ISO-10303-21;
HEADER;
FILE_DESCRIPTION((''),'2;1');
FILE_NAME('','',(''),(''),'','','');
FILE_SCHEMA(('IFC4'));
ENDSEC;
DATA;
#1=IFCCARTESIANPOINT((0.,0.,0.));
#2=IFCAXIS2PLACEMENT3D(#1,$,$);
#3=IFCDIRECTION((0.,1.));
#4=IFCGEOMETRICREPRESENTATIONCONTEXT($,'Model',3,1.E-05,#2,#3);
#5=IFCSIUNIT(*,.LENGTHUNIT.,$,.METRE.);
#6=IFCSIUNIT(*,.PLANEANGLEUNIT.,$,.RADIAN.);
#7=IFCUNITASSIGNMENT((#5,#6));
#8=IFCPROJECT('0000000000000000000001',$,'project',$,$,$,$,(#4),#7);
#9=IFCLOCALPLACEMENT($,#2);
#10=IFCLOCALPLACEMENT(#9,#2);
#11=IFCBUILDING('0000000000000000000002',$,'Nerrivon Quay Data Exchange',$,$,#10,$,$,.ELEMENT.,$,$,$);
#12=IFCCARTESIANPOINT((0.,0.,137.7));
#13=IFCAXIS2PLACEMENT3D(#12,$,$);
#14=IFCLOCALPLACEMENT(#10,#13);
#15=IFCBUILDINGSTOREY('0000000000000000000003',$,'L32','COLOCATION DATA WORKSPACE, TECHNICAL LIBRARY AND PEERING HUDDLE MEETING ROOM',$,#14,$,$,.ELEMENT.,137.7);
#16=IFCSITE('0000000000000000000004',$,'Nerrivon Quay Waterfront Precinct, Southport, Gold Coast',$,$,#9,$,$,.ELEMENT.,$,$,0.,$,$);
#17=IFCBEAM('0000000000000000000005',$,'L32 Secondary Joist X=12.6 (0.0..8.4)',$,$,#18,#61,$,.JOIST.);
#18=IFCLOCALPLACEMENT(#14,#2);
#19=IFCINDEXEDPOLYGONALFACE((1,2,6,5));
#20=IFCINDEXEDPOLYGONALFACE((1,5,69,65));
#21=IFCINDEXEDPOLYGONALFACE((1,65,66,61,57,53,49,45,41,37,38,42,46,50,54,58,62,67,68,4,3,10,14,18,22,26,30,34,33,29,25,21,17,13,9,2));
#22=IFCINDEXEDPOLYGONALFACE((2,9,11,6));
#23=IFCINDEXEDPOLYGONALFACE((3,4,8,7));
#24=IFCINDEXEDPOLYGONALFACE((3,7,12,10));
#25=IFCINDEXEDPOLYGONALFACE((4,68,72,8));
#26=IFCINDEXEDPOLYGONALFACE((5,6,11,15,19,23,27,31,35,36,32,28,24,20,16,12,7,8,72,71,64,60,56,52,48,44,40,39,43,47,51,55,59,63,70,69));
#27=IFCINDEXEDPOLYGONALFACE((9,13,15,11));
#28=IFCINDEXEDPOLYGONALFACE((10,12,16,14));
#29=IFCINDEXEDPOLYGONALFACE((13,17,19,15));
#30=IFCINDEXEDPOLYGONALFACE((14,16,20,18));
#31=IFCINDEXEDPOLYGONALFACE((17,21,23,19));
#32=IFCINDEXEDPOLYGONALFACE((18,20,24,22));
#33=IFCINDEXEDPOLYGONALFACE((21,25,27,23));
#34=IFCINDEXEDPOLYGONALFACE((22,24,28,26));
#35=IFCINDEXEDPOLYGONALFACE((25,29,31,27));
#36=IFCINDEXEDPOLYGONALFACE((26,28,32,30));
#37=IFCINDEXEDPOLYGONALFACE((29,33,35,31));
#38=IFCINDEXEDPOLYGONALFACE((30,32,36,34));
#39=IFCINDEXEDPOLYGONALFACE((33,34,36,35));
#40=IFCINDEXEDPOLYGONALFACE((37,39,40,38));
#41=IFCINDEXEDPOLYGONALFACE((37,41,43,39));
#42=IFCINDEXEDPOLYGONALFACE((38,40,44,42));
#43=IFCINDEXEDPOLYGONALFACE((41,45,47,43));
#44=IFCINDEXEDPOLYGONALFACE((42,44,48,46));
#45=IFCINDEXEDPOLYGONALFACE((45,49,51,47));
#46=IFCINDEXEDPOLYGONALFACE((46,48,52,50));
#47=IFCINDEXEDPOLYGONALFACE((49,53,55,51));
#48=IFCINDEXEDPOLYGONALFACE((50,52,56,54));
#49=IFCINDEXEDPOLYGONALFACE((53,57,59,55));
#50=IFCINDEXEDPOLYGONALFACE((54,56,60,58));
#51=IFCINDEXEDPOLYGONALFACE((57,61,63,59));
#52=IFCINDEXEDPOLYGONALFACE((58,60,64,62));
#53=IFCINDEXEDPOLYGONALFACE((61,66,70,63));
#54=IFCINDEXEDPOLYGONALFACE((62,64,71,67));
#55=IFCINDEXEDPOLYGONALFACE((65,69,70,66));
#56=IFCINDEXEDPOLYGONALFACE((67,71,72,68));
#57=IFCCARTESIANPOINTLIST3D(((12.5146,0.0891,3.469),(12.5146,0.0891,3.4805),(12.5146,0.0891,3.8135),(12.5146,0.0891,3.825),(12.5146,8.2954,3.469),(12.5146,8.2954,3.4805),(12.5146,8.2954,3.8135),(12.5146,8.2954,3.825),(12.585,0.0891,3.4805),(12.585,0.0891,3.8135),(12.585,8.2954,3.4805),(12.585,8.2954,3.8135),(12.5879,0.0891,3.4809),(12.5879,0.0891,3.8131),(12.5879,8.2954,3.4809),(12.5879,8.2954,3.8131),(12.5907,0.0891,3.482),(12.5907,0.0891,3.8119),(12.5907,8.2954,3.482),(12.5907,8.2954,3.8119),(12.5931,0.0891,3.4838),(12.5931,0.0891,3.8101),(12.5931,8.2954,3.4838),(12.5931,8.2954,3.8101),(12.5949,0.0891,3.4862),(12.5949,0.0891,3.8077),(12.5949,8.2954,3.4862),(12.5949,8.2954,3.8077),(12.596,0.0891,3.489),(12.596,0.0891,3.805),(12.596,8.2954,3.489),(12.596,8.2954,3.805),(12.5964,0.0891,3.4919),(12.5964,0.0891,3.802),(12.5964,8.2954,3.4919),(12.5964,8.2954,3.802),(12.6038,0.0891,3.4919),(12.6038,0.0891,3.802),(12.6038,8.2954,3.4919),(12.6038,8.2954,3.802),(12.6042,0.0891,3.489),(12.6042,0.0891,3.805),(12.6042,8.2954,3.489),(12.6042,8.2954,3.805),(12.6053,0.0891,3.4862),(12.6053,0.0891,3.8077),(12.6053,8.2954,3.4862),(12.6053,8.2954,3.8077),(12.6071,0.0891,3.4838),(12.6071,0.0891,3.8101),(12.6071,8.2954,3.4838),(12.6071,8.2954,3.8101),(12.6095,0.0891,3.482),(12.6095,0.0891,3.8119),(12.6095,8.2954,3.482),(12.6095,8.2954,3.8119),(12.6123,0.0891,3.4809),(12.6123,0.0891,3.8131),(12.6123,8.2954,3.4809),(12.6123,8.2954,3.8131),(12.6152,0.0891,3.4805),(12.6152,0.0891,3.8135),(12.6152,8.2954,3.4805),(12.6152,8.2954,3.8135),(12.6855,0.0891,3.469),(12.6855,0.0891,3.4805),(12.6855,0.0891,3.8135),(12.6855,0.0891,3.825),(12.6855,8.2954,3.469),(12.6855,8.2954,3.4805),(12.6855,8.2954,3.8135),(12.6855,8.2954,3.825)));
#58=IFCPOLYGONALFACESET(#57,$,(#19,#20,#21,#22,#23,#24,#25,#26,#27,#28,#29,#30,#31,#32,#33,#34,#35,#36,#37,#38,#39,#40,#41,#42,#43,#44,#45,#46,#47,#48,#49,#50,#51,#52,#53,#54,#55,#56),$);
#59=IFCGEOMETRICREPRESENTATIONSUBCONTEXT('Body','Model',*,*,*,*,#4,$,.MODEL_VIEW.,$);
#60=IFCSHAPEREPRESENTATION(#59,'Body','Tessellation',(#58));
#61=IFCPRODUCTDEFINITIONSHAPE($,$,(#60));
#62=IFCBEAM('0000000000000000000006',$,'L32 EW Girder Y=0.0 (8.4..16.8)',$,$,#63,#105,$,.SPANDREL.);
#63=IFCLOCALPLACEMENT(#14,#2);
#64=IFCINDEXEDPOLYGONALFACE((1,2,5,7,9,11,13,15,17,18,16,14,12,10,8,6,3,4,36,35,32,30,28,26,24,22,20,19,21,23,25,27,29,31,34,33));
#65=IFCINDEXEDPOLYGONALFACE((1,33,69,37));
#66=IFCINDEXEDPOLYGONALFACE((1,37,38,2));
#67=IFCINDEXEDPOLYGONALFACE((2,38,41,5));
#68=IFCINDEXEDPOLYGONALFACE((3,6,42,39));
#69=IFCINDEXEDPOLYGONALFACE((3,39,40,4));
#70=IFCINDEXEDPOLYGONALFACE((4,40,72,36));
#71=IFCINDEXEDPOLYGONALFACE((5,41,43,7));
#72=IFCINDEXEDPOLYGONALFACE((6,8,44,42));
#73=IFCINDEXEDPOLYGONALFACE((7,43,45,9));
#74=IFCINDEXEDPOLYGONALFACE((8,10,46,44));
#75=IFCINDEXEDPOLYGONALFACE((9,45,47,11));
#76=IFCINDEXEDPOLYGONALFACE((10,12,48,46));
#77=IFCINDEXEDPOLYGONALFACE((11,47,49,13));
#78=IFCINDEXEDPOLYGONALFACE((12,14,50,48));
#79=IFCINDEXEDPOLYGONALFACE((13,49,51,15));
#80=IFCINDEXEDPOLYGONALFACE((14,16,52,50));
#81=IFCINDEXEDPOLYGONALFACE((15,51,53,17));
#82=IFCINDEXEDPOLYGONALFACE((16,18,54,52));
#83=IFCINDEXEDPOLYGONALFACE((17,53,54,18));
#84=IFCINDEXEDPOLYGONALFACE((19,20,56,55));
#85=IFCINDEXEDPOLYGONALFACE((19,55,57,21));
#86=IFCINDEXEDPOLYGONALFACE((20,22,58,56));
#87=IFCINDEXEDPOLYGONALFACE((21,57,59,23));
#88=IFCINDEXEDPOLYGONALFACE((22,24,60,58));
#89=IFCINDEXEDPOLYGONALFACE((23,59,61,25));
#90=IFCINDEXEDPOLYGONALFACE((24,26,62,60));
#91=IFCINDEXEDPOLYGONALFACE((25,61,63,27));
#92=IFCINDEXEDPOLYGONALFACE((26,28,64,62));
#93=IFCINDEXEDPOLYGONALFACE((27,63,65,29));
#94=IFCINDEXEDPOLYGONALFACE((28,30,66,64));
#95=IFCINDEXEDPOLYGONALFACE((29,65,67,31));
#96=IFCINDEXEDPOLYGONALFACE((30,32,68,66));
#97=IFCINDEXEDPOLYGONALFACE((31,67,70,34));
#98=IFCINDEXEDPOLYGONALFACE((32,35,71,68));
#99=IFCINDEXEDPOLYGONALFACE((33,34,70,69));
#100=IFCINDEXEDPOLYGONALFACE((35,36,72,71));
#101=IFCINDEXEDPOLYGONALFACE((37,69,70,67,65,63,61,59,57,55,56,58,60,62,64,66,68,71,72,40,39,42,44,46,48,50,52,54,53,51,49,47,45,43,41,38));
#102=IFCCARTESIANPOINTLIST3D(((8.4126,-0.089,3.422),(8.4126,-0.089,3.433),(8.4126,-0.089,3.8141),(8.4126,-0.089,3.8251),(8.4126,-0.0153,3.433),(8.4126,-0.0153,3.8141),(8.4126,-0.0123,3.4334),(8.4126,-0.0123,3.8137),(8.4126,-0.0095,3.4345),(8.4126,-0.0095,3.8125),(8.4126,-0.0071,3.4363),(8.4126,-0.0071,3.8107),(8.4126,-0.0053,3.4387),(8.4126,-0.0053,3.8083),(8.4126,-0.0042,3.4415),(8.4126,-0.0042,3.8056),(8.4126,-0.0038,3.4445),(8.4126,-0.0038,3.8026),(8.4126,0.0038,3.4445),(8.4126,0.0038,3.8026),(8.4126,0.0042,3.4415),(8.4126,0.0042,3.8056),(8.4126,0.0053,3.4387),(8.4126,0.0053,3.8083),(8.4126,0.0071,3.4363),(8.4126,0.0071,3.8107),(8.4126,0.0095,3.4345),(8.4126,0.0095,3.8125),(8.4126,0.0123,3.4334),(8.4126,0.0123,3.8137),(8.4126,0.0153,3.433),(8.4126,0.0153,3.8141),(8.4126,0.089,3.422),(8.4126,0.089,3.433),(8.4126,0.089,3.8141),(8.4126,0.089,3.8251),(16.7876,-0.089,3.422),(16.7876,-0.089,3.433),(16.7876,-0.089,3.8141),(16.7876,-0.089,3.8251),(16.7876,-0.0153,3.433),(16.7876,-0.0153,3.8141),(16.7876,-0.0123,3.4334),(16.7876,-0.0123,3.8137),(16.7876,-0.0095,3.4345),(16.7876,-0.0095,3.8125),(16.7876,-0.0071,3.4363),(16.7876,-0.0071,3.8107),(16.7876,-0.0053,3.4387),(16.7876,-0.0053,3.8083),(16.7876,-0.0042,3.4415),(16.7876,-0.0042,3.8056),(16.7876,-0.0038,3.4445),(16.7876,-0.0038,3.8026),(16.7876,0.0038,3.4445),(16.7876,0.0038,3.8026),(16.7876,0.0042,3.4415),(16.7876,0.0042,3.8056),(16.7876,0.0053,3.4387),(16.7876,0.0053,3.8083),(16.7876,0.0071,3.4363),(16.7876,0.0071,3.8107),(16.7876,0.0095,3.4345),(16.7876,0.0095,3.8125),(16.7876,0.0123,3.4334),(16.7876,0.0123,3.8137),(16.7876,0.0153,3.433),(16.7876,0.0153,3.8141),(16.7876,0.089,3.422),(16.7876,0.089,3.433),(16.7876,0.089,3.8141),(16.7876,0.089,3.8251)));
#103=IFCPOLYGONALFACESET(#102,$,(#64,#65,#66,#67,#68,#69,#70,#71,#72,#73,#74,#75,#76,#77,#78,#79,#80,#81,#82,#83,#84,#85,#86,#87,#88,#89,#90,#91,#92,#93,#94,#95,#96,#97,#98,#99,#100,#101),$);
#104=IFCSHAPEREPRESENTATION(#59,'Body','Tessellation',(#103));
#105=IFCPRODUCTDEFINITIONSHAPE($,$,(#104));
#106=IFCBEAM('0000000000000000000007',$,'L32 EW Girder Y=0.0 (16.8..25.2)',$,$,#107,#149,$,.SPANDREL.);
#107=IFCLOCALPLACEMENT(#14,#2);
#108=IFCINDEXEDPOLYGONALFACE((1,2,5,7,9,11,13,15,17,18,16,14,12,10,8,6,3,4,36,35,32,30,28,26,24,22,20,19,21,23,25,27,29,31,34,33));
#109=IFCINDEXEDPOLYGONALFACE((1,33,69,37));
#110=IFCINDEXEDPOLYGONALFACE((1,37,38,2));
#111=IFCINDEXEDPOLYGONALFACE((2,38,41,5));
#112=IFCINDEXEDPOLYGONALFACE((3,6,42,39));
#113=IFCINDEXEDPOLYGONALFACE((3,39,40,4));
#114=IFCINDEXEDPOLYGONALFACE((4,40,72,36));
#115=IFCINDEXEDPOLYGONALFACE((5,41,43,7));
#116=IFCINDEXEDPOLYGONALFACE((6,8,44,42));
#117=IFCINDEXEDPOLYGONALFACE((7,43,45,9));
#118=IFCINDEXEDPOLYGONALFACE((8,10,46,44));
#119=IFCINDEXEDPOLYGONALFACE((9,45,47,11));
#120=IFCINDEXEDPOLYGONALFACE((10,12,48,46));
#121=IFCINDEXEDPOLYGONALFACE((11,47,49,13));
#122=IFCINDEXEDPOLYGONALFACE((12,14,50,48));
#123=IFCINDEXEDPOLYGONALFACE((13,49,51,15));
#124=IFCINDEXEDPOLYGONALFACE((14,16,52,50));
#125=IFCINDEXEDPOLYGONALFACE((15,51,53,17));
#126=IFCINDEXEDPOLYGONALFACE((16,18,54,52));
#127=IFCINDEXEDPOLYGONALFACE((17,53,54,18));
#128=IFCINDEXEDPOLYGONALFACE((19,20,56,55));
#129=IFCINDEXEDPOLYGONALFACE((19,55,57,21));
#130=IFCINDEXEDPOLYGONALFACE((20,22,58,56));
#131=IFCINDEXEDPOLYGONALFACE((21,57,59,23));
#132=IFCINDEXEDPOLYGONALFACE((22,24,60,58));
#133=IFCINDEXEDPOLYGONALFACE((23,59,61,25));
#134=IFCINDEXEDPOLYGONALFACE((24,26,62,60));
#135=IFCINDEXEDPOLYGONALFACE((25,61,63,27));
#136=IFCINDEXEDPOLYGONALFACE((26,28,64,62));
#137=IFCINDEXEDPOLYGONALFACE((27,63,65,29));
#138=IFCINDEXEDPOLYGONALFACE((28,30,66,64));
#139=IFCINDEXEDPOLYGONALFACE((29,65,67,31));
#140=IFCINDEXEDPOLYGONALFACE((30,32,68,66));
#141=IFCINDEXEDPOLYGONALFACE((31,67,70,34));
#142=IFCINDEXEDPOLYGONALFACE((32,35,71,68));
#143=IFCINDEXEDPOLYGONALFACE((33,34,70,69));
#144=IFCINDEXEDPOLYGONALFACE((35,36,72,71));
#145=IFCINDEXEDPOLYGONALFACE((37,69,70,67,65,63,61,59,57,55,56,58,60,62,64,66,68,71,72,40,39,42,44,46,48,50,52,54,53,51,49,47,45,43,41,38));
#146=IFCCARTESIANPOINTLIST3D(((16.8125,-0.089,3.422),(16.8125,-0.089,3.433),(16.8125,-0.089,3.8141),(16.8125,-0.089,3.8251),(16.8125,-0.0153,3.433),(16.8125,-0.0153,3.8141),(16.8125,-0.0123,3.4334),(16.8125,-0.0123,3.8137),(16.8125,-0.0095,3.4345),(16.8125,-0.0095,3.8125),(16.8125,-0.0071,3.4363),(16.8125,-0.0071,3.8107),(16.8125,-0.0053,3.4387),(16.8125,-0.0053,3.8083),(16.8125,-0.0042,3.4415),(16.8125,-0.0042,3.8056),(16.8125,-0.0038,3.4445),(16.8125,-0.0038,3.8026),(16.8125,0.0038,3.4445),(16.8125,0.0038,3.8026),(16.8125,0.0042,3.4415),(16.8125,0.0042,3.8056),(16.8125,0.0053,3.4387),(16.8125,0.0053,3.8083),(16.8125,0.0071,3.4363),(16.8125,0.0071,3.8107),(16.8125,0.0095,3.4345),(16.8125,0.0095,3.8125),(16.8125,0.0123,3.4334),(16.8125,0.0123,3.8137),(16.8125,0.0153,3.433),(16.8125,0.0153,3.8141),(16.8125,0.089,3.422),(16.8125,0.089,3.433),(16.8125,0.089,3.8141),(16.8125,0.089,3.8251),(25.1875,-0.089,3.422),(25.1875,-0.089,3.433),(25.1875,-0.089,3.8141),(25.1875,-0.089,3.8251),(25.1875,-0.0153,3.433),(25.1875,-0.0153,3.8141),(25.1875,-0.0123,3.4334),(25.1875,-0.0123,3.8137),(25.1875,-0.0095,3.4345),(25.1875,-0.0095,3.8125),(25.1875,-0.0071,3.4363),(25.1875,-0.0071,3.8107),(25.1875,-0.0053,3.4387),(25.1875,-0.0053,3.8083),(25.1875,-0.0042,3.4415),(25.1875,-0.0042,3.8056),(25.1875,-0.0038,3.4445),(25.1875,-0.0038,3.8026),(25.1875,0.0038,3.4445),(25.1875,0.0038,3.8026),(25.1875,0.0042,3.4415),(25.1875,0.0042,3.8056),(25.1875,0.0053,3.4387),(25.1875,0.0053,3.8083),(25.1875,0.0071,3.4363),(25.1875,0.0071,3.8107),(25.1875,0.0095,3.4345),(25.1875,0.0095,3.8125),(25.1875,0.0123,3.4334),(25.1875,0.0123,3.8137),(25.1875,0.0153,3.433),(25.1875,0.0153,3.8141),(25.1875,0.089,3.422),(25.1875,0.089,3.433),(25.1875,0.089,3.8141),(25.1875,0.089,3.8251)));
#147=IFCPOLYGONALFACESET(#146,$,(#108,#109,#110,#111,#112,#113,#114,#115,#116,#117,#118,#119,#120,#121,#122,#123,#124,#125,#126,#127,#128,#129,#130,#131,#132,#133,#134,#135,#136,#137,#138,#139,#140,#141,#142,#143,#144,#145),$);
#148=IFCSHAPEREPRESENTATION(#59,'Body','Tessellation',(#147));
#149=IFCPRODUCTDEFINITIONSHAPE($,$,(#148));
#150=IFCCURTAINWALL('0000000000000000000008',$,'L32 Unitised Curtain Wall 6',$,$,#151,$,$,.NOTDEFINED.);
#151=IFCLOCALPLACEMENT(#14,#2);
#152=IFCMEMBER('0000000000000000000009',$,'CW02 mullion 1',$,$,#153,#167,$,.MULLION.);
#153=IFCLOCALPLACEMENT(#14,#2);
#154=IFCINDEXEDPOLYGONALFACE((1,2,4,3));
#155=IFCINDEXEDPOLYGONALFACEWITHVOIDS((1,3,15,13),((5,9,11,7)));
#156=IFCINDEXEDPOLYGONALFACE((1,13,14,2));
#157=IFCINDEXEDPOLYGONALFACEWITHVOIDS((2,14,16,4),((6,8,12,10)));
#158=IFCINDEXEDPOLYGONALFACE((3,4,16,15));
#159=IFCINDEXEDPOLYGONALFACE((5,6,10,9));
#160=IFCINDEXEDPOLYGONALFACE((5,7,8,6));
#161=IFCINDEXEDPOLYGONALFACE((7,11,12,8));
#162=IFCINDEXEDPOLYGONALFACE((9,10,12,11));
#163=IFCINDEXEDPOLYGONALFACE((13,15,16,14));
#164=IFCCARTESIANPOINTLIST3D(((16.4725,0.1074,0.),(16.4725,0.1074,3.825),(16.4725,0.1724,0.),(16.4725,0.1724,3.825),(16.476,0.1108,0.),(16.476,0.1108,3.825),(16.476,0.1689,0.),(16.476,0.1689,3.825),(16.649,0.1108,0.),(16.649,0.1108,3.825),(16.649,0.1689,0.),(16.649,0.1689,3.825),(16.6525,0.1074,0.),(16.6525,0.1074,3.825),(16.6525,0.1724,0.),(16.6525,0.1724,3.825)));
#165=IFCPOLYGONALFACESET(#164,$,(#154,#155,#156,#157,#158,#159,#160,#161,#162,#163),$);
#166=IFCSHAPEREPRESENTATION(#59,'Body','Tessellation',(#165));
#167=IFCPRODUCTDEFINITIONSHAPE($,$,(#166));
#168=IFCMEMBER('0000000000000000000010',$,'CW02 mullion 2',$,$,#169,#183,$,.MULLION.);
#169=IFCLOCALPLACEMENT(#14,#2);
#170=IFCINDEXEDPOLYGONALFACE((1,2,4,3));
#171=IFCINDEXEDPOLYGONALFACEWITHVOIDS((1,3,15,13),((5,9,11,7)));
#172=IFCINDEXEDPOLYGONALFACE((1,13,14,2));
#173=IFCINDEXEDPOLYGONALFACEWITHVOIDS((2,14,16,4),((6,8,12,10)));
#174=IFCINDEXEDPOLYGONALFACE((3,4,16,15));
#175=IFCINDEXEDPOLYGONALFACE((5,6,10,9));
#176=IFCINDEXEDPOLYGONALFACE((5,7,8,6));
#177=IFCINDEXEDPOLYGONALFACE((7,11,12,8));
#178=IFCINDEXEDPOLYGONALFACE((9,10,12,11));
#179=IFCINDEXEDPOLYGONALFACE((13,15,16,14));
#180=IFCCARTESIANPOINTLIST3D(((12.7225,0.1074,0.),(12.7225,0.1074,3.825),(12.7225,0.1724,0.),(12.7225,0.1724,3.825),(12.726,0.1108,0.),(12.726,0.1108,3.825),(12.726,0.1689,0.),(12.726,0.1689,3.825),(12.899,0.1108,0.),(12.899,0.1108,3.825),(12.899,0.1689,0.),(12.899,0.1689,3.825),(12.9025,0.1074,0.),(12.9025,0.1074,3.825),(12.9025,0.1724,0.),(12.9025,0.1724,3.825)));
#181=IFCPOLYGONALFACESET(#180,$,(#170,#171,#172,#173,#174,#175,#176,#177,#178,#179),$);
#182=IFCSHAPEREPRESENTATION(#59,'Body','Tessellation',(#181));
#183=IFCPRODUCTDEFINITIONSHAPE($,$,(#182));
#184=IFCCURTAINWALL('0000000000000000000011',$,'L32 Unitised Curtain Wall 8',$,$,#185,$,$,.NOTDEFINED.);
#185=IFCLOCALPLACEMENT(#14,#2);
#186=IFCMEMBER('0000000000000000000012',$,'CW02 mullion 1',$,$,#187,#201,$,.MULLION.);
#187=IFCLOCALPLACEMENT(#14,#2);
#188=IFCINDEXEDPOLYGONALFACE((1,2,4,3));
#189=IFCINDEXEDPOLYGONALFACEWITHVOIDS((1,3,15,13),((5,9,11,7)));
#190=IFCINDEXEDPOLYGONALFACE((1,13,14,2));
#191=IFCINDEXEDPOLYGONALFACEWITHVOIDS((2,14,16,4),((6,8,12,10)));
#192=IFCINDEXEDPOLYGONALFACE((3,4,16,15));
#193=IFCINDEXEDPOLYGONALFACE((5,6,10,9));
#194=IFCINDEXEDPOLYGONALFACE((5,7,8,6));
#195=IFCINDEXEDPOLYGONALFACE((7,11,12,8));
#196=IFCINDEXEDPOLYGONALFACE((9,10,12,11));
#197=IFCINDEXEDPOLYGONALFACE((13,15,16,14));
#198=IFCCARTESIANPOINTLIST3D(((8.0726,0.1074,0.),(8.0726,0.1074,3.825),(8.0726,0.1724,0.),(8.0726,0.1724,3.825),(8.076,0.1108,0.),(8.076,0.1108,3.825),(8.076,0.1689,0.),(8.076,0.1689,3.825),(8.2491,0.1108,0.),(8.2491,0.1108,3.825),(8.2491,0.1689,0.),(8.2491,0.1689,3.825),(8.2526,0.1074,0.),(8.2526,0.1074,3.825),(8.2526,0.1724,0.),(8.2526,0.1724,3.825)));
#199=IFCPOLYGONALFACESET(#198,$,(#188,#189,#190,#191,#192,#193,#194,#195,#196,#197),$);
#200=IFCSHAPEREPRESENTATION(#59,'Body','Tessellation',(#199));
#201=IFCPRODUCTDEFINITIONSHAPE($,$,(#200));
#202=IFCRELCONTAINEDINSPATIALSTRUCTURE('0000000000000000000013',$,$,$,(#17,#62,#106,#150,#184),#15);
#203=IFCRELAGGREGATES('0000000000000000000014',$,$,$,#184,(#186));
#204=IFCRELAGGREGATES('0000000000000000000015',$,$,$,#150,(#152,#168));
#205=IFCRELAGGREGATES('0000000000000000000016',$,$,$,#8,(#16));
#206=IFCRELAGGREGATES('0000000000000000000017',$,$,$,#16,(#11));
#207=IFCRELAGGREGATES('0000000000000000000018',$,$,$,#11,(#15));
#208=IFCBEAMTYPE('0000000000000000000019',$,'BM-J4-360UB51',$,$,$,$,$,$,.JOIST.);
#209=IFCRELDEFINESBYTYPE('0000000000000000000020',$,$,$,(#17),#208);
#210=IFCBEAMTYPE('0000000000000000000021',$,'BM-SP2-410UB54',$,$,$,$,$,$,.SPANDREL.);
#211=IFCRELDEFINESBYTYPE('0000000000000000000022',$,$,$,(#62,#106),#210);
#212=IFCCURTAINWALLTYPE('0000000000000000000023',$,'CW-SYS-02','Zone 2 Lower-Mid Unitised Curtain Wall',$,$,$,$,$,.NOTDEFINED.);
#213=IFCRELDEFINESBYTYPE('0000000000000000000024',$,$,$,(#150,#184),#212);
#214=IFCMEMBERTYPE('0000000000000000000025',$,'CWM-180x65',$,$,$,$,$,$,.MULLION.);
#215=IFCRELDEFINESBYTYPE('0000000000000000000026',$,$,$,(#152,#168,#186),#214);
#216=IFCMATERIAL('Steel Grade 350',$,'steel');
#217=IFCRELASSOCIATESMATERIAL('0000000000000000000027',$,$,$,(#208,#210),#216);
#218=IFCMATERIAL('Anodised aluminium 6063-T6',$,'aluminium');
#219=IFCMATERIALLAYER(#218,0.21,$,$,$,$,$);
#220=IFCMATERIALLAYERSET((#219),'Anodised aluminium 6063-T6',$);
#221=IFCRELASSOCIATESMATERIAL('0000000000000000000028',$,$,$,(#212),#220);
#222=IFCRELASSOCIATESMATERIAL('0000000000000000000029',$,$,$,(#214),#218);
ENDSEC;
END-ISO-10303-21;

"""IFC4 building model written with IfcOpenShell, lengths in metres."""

from ifc_helpers import new_model, si_unit, direction, frame, origin, origin_2d, place, context, subcontext, project, spatial, hollow_rectangle, i_section, extrude, material, layer, layer_set, material_profile, profile_set, type_object, element, aggregate, save


model = new_model("IFC4")

# Units and contexts
model_context = context("Model", 3, precision=1e-05, world=origin(), true_north=direction((0.0, 1.0)))
body_context = subcontext(model_context, "Body", "Model", "MODEL_VIEW")
ifc_project = project(units=[si_unit("LENGTHUNIT", "METRE"), si_unit("PLANEANGLEUNIT", "RADIAN")], contexts=[model_context])

# Site, building, storey
site_placement = place(None, origin())
site = spatial("IfcSite", under=ifc_project, at=site_placement, Name="Nerrivon Quay Waterfront Precinct, Southport, Gold Coast", CompositionType="ELEMENT", RefElevation=0.0)
building_placement = place(site_placement, origin())
building = spatial("IfcBuilding", under=site, at=building_placement, Name="Nerrivon Quay Data Exchange", CompositionType="ELEMENT")
storey_placement = place(building_placement, frame((0.0, 0.0, 137.7)))
storey = spatial("IfcBuildingStorey", under=building, at=storey_placement, Name="L32", Description="COLOCATION DATA WORKSPACE, TECHNICAL LIBRARY AND PEERING HUDDLE MEETING ROOM", CompositionType="ELEMENT", Elevation=137.7)

# Shared definitions
ifc_material_1 = material(Name="Steel Grade 350", Category="steel")

# Beams
ifc_material_profile_1 = material_profile(ifc_material_1, i_section(OverallWidth=0.1709, OverallDepth=0.356, WebThickness=0.0073, FlangeThickness=0.0115, FilletRadius=0.0115, at=origin_2d()), Name="360UB50.7")
ifc_profile_set_1 = profile_set([ifc_material_profile_1], Name="Steel Grade 350")
beam_type_1 = type_object("IfcBeamType", Name="BM-J4-360UB51", PredefinedType="JOIST", material=ifc_profile_set_1)
beam_1_placement = place(storey_placement, frame((12.6001, 0.0891, 3.647), z_axis=(0.0, 1.0, 0.0), x_axis=(-1.0, 0.0, 0.0)))
element("IfcBeam", 1, at=beam_1_placement, inside=storey, type_object=beam_type_1, Name="L32 Secondary Joist X=12.6 (0.0..8.4)", PredefinedType="JOIST", context=body_context, shape_type="SweptSolid", body=[
    extrude(i_section(OverallWidth=0.1709, OverallDepth=0.356, WebThickness=0.0073, FlangeThickness=0.0115, FilletRadius=0.0115, at=origin_2d()), origin(), (0.0, 0.0, 1.0), 8.2063),
])
ifc_material_profile_2 = material_profile(ifc_material_1, i_section(OverallWidth=0.178, OverallDepth=0.4031, WebThickness=0.0076, FlangeThickness=0.011, FilletRadius=0.0115, at=origin_2d()), Name="410UB53.7")
ifc_profile_set_2 = profile_set([ifc_material_profile_2], Name="Steel Grade 350")
beam_type_2 = type_object("IfcBeamType", Name="BM-SP2-410UB54", PredefinedType="SPANDREL", material=ifc_profile_set_2)
for number, where, z_axis, x_axis, name in (
    (2, (8.4126, 0.0, 3.6235), (1.0, 0.0, 0.0), (0.0, 1.0, 0.0), "L32 EW Girder Y=0.0 (8.4..16.8)"),
    (3, (16.8125, 0.0, 3.6235), (1.0, 0.0, 0.0), (0.0, 1.0, 0.0), "L32 EW Girder Y=0.0 (16.8..25.2)"),
):
    element("IfcBeam", number, at=place(storey_placement, frame(where, z_axis=z_axis, x_axis=x_axis)), inside=storey, type_object=beam_type_2, Name=name, PredefinedType="SPANDREL", context=body_context, shape_type="SweptSolid", body=[
        extrude(i_section(OverallWidth=0.178, OverallDepth=0.4031, WebThickness=0.0076, FlangeThickness=0.011, FilletRadius=0.0115, at=origin_2d()), origin(), (0.0, 0.0, 1.0), 8.375),
    ])

# Curtain wall, members
ifc_material_2 = material(Name="Anodised aluminium 6063-T6", Category="aluminium")
ifc_layer_1 = layer(ifc_material_2, 0.21)
ifc_layer_set_1 = layer_set([ifc_layer_1], Name="Anodised aluminium 6063-T6")
curtain_wall_type = type_object("IfcCurtainWallType", Name="CW-SYS-02", Description="Zone 2 Lower-Mid Unitised Curtain Wall", PredefinedType="NOTDEFINED", material=ifc_layer_set_1)
curtain_wall_1_placement = place(storey_placement, origin())
curtain_wall_1 = element("IfcCurtainWall", 4, at=curtain_wall_1_placement, inside=storey, type_object=curtain_wall_type, Name="L32 Unitised Curtain Wall 6", PredefinedType="NOTDEFINED")
ifc_material_profile_3 = material_profile(ifc_material_2, hollow_rectangle(XDim=0.0649, YDim=0.1799, WallThickness=0.0034, at=origin_2d()), Name="ALU-MULL-180x65")
ifc_profile_set_3 = profile_set([ifc_material_profile_3], Name="Anodised aluminium 6063-T6")
member_type_1 = type_object("IfcMemberType", Name="CWM-180x65", PredefinedType="MULLION", material=ifc_profile_set_3)
member_1_placement = place(storey_placement, frame((16.5625, 0.1399, 0.0), z_axis=(0.0, 0.0, 1.0), x_axis=(0.0, -1.0, 0.0)))
member_1 = element("IfcMember", 5, at=member_1_placement, type_object=member_type_1, Name="CW02 mullion 1", PredefinedType="MULLION", context=body_context, shape_type="SweptSolid", body=[
    extrude(hollow_rectangle(XDim=0.0649, YDim=0.1799, WallThickness=0.0034, at=origin_2d()), origin(), (0.0, 0.0, 1.0), 3.825),
])
member_2_placement = place(storey_placement, frame((12.8125, 0.1399, 0.0), z_axis=(0.0, 0.0, 1.0), x_axis=(0.0, -1.0, 0.0)))
member_2 = element("IfcMember", 6, at=member_2_placement, type_object=member_type_1, Name="CW02 mullion 2", PredefinedType="MULLION", context=body_context, shape_type="SweptSolid", body=[
    extrude(hollow_rectangle(XDim=0.0649, YDim=0.1799, WallThickness=0.0034, at=origin_2d()), origin(), (0.0, 0.0, 1.0), 3.825),
])

# Curtain wall, member
curtain_wall_2_placement = place(storey_placement, origin())
curtain_wall_2 = element("IfcCurtainWall", 7, at=curtain_wall_2_placement, inside=storey, type_object=curtain_wall_type, Name="L32 Unitised Curtain Wall 8", PredefinedType="NOTDEFINED")
member_3_placement = place(storey_placement, frame((8.1626, 0.1399, 0.0), z_axis=(0.0, 0.0, 1.0), x_axis=(0.0, -1.0, 0.0)))
member_3 = element("IfcMember", 8, at=member_3_placement, type_object=member_type_1, Name="CW02 mullion 1", PredefinedType="MULLION", context=body_context, shape_type="SweptSolid", body=[
    extrude(hollow_rectangle(XDim=0.0649, YDim=0.1799, WallThickness=0.0034, at=origin_2d()), origin(), (0.0, 0.0, 1.0), 3.825),
])

aggregate(curtain_wall_2, [member_3])

aggregate(curtain_wall_1, [member_1, member_2])

save(model, "model.ifc")
